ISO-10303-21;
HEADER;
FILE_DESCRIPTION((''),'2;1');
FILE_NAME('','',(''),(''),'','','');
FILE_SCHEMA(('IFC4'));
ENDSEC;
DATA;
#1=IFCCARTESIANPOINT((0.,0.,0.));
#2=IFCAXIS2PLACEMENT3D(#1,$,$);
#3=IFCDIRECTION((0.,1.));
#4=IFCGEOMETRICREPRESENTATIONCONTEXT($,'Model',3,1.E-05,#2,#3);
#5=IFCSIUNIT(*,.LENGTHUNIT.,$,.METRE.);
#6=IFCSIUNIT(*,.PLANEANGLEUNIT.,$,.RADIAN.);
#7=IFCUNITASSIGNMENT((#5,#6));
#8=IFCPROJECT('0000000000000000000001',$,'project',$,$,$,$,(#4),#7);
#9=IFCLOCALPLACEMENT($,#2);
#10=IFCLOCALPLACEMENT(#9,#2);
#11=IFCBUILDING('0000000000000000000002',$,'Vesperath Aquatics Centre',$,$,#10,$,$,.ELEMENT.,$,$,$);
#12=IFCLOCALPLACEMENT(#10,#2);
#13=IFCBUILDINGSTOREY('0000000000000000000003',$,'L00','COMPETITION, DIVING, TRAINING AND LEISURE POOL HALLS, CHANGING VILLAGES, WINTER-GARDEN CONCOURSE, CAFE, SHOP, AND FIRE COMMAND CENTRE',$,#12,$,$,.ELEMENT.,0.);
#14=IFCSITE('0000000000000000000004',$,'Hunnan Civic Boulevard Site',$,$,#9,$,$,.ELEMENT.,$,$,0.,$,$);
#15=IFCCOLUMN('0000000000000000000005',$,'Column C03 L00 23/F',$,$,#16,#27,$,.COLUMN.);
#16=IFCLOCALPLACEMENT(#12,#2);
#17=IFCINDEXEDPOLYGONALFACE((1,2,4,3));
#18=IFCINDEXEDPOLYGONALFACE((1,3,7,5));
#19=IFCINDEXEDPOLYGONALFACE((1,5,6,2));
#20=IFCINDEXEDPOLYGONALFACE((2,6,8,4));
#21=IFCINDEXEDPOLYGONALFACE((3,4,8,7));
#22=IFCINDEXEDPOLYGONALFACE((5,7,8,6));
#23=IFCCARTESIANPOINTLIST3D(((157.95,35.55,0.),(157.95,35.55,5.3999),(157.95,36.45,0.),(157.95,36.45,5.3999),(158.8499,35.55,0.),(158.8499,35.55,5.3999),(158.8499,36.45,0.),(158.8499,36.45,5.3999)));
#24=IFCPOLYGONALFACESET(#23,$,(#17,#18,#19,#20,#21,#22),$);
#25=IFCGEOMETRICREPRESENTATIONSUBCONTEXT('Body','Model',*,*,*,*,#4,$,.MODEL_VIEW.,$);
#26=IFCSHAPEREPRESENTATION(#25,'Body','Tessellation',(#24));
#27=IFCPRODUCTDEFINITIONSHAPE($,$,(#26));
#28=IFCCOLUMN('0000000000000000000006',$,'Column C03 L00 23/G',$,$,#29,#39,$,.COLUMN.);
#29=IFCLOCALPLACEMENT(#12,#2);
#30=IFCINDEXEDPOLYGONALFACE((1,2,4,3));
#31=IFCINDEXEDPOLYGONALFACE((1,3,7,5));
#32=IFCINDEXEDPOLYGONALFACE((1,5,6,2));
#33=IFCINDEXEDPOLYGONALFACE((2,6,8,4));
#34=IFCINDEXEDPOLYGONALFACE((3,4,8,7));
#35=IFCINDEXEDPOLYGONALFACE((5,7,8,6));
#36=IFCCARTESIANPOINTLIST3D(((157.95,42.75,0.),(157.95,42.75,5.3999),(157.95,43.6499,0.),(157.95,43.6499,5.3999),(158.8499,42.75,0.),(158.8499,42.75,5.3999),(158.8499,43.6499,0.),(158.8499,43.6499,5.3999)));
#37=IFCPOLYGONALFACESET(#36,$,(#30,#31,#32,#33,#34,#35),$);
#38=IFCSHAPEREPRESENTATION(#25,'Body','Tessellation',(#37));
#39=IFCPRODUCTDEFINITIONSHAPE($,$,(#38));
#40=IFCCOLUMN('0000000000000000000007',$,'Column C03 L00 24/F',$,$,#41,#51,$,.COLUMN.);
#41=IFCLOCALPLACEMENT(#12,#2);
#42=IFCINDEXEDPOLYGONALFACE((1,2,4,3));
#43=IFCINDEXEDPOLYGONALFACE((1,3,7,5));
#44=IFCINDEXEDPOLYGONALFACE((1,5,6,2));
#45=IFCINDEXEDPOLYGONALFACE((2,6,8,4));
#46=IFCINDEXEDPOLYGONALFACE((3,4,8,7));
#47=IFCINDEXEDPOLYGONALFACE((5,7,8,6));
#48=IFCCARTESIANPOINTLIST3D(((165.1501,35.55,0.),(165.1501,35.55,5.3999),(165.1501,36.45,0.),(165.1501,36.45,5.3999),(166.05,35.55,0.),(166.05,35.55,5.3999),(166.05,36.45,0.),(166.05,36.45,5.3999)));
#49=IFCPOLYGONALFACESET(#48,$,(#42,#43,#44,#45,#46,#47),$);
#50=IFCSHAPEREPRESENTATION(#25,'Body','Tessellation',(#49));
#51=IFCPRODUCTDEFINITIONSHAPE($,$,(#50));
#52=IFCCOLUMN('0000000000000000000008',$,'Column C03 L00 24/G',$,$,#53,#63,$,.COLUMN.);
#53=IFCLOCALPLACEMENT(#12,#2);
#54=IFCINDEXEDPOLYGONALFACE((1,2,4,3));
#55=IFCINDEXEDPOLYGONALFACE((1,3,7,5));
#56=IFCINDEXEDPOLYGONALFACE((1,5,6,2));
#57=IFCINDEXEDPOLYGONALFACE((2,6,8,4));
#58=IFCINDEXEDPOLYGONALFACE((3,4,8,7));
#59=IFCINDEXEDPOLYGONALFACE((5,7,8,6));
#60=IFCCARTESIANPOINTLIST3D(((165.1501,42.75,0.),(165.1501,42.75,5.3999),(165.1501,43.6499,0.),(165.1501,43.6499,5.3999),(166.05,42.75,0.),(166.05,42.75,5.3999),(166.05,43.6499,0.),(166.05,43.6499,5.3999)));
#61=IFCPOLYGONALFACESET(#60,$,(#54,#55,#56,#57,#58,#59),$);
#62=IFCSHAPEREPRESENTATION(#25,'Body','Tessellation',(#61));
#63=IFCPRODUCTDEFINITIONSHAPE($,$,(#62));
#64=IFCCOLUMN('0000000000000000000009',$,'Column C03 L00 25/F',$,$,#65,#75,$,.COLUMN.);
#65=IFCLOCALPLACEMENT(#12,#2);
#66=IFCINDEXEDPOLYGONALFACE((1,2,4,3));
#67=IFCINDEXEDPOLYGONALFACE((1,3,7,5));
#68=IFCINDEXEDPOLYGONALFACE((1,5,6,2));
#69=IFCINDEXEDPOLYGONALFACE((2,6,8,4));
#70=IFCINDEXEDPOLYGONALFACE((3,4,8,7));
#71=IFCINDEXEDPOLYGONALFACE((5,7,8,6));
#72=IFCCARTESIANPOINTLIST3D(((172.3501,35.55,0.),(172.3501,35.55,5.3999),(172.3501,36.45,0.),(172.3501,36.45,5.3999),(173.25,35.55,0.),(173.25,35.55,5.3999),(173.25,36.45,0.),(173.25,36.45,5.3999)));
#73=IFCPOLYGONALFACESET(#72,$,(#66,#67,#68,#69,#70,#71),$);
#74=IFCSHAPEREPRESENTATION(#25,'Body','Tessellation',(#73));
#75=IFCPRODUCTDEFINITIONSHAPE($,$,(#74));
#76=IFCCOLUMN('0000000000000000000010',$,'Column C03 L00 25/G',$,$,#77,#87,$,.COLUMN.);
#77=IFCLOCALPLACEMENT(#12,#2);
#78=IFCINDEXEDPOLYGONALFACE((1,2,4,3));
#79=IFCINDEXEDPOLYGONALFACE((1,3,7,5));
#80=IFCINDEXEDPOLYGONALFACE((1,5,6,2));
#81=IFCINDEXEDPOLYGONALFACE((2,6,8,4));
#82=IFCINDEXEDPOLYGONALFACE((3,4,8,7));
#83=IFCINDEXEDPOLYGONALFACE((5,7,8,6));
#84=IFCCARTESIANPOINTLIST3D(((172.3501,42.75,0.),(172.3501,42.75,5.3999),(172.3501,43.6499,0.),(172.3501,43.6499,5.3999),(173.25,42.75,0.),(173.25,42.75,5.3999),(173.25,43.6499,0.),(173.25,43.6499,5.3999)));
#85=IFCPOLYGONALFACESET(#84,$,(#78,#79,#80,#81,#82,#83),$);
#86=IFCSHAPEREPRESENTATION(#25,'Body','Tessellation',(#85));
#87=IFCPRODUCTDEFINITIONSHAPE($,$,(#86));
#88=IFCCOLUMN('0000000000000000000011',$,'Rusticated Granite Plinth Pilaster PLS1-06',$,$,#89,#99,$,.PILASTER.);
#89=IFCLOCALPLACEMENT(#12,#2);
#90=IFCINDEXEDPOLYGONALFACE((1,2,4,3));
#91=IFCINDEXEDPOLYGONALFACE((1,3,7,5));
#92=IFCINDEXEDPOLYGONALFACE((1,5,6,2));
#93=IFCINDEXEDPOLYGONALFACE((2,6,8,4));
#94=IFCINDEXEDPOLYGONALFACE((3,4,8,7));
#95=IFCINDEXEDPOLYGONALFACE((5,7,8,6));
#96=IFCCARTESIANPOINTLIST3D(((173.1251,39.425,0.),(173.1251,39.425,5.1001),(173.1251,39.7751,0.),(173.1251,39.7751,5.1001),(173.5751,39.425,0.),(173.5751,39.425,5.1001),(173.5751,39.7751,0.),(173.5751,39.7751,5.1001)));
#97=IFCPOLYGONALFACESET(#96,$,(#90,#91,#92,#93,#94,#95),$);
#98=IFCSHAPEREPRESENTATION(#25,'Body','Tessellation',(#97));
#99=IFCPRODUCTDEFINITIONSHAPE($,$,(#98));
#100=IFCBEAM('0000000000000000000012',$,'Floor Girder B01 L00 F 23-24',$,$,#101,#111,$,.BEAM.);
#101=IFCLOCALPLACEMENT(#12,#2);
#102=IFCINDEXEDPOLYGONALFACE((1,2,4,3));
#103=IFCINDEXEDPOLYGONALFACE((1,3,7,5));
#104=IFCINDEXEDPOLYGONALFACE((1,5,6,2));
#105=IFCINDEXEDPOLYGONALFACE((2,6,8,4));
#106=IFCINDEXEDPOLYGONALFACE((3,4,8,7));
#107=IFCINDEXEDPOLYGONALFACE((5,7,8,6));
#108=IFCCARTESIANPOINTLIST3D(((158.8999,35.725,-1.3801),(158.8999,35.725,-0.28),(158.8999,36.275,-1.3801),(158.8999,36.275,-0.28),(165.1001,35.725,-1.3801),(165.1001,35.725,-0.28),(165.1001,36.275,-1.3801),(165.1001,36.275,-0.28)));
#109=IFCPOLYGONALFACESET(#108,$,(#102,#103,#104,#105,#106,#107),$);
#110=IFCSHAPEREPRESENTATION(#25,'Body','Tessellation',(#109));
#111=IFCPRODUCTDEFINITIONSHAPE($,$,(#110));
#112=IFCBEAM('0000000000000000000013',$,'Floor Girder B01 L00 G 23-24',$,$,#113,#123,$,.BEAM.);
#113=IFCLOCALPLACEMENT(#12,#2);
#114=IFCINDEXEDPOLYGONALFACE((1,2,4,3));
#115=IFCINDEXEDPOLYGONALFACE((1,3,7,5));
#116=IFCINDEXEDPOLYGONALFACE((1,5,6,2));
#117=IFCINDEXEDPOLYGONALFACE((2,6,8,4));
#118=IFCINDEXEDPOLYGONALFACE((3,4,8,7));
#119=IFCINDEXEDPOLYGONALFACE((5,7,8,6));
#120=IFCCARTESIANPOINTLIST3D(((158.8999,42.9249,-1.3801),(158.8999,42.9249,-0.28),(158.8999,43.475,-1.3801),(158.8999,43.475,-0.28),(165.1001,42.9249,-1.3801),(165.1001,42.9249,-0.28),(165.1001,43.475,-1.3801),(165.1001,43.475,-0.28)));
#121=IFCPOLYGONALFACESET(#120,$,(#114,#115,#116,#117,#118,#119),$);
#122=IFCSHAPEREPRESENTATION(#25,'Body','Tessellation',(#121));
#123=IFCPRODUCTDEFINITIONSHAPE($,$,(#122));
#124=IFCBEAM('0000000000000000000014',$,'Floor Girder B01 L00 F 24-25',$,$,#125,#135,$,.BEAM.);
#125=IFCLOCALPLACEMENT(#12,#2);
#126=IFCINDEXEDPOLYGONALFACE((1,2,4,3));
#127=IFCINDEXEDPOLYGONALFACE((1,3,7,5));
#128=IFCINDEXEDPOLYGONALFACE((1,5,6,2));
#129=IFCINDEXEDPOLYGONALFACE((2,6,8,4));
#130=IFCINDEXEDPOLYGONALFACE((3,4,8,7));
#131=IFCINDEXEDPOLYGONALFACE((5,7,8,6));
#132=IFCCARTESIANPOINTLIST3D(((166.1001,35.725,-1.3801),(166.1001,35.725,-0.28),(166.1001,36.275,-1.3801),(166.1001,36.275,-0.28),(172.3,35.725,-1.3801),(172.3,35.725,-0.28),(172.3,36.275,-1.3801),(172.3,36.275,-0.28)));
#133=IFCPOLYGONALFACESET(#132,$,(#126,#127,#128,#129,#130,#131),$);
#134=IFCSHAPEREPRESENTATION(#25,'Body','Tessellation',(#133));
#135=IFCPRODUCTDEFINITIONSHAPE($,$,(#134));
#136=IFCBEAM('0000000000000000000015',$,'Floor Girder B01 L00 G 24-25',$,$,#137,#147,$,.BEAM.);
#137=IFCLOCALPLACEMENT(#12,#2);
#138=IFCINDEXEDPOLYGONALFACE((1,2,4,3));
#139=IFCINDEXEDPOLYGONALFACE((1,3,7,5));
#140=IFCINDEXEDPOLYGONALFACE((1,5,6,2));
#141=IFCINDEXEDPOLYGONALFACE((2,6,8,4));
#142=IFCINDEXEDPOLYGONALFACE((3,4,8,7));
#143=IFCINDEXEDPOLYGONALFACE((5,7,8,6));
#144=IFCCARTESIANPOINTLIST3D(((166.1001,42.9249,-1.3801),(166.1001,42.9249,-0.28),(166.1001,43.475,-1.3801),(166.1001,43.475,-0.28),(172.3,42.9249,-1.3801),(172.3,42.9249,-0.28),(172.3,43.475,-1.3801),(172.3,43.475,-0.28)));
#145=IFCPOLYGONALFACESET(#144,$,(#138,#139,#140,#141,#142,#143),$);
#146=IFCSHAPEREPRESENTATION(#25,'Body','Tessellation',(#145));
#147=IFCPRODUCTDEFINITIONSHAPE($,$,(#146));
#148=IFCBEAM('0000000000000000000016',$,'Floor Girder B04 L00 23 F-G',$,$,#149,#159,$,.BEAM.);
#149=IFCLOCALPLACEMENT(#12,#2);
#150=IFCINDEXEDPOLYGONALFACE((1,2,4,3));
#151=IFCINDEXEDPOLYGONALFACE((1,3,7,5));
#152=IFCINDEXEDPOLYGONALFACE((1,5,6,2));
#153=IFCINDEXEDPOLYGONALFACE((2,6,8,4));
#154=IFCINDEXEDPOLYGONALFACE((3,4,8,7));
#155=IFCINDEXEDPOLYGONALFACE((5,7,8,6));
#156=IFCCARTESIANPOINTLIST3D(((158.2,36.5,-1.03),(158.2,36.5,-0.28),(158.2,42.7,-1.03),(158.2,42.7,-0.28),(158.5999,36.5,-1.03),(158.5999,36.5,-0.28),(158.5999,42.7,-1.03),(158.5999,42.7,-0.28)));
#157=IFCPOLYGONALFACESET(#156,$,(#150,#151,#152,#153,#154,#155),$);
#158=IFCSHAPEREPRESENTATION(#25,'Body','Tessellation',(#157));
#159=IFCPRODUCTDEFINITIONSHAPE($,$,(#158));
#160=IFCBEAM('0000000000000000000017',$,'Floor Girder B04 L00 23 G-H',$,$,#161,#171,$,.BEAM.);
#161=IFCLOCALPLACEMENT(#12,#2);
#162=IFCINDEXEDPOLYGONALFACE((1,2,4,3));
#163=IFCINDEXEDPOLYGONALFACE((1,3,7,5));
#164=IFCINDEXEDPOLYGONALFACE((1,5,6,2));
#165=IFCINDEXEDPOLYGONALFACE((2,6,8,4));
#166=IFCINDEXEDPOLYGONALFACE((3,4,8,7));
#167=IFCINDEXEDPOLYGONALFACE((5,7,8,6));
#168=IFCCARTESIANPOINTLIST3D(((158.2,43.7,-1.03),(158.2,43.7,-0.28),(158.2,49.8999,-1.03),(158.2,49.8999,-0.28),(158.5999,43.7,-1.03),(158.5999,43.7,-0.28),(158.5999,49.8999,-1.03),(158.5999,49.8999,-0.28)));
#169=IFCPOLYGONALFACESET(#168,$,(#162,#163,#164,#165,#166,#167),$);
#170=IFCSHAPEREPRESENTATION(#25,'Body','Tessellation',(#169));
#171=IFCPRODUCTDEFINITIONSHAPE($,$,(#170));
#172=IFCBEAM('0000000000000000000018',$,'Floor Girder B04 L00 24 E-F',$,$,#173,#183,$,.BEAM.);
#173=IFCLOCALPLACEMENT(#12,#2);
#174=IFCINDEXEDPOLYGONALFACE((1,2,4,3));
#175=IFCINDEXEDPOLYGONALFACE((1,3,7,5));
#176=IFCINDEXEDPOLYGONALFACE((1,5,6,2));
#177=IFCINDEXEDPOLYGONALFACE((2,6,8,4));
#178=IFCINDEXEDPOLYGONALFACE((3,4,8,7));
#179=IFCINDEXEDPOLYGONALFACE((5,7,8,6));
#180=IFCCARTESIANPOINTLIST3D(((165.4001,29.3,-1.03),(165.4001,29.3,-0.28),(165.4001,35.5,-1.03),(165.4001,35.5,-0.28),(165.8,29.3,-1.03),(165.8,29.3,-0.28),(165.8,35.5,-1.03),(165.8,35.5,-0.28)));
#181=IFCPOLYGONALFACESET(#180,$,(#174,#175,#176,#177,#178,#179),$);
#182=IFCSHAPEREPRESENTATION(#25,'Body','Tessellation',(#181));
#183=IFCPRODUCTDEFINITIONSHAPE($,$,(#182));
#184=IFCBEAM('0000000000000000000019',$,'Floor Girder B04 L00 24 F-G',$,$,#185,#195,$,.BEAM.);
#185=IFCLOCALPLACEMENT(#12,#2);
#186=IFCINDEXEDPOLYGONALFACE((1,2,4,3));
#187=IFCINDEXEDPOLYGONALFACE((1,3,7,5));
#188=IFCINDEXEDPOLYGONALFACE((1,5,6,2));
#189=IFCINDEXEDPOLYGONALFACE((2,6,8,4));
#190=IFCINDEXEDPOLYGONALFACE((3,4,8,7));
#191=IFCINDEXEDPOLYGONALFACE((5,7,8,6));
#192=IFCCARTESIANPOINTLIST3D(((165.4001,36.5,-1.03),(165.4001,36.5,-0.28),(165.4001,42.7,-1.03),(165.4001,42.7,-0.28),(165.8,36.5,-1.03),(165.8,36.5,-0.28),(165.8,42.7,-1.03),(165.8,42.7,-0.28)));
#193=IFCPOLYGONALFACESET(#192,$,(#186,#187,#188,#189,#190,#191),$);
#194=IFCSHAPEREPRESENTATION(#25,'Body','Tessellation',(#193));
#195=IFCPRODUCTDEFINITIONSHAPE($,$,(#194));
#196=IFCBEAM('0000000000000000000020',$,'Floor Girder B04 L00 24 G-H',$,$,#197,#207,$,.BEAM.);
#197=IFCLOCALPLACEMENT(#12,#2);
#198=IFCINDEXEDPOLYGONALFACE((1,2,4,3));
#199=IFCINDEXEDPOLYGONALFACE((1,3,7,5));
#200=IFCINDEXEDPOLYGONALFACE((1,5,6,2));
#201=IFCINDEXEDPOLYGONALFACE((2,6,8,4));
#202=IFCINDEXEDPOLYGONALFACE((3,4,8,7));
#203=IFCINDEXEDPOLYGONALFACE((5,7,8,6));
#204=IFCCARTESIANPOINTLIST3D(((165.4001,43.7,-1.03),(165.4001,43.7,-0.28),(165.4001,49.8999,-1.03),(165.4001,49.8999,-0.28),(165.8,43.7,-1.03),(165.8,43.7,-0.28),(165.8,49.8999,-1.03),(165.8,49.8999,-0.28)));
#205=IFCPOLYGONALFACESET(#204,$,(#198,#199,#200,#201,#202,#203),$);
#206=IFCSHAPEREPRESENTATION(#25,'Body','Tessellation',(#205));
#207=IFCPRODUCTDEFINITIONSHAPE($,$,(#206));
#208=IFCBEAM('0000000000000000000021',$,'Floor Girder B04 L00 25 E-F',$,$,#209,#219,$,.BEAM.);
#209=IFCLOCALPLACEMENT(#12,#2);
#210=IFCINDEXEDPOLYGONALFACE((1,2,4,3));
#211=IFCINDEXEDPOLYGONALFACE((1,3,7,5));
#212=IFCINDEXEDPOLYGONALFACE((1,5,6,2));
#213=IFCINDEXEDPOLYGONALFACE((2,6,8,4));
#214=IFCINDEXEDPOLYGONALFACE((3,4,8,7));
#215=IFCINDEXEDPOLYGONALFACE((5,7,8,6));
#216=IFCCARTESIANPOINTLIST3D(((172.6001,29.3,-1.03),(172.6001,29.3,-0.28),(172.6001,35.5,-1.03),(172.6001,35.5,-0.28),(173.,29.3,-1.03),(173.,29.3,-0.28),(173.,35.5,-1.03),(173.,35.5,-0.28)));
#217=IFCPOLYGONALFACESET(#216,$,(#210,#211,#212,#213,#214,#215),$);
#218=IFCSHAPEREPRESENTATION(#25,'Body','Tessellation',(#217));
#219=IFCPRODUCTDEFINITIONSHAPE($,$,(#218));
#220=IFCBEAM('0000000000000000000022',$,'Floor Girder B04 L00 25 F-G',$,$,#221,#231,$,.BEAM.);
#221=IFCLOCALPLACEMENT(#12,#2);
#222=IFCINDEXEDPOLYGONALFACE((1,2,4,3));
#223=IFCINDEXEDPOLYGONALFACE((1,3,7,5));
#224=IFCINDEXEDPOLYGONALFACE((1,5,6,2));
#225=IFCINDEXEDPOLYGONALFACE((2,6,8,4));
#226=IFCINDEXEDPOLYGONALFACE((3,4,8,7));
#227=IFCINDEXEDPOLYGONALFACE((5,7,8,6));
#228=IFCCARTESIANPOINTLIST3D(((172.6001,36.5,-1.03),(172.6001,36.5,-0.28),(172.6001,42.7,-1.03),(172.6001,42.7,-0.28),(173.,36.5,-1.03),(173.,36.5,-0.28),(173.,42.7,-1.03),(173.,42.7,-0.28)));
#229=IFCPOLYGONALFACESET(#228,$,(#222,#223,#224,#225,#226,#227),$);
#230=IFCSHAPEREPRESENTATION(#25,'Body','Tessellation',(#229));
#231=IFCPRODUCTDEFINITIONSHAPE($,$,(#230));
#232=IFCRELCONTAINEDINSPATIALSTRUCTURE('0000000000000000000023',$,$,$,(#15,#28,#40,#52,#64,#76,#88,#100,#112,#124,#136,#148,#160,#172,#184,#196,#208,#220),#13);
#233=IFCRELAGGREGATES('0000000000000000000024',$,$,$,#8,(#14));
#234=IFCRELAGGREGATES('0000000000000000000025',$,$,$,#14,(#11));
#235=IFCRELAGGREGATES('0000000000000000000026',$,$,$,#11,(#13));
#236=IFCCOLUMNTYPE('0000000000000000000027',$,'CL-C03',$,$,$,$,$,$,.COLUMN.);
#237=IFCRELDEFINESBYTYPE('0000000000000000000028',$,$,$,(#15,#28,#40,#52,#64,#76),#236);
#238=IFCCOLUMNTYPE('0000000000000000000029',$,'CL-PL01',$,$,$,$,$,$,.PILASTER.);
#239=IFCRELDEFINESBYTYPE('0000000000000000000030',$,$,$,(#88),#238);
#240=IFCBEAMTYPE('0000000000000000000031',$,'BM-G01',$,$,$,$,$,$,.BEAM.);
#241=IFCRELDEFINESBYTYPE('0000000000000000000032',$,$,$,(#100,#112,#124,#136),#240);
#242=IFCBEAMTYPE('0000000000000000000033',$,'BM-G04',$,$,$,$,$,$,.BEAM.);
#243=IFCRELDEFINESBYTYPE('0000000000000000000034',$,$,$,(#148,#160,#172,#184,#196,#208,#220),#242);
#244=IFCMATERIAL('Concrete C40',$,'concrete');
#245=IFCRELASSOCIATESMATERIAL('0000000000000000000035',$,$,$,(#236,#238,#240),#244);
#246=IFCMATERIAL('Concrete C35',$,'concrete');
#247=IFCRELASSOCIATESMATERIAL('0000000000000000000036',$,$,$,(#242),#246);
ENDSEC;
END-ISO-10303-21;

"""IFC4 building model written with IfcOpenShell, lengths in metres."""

from ifc_helpers import new_model, si_unit, direction, frame, origin, origin_2d, place, context, subcontext, project, spatial, rectangle, extrude, material, material_profile, profile_set, type_object, element, save


model = new_model("IFC4")

# Units and contexts
model_context = context("Model", 3, precision=1e-05, world=origin(), true_north=direction((0.0, 1.0)))
body_context = subcontext(model_context, "Body", "Model", "MODEL_VIEW")
ifc_project = project(units=[si_unit("LENGTHUNIT", "METRE"), si_unit("PLANEANGLEUNIT", "RADIAN")], contexts=[model_context])

# Site, building, storey
site_placement = place(None, origin())
site = spatial("IfcSite", under=ifc_project, at=site_placement, Name="Hunnan Civic Boulevard Site", CompositionType="ELEMENT", RefElevation=0.0)
building_placement = place(site_placement, origin())
building = spatial("IfcBuilding", under=site, at=building_placement, Name="Vesperath Aquatics Centre", CompositionType="ELEMENT")
storey_placement = place(building_placement, origin())
storey = spatial("IfcBuildingStorey", under=building, at=storey_placement, Name="L00", Description="COMPETITION, DIVING, TRAINING AND LEISURE POOL HALLS, CHANGING VILLAGES, WINTER-GARDEN CONCOURSE, CAFE, SHOP, AND FIRE COMMAND CENTRE", CompositionType="ELEMENT", Elevation=0.0)

# Columns
ifc_material_1 = material(Name="Concrete C40", Category="concrete")
ifc_material_profile_1 = material_profile(ifc_material_1, rectangle(XDim=0.8999, YDim=0.8999, at=origin_2d()), Name="RC 900x900")
ifc_profile_set_1 = profile_set([ifc_material_profile_1], Name="Concrete C40")
column_type_1 = type_object("IfcColumnType", Name="CL-C03", PredefinedType="COLUMN", material=ifc_profile_set_1)
for number, where, z_axis, x_axis, name in (
    (1, (158.3999, 36.0, 0.0), (0.0, 0.0, 1.0), (1.0, 0.0, 0.0), "Column C03 L00 23/F"),
    (2, (158.3999, 43.2, 0.0), (0.0, 0.0, 1.0), (1.0, 0.0, 0.0), "Column C03 L00 23/G"),
    (3, (165.6001, 36.0, 0.0), (0.0, 0.0, 1.0), (1.0, 0.0, 0.0), "Column C03 L00 24/F"),
    (4, (165.6001, 43.2, 0.0), (0.0, 0.0, 1.0), (1.0, 0.0, 0.0), "Column C03 L00 24/G"),
    (5, (172.8, 36.0, 0.0), (0.0, 0.0, 1.0), (1.0, 0.0, 0.0), "Column C03 L00 25/F"),
    (6, (172.8, 43.2, 0.0), (0.0, 0.0, 1.0), (1.0, 0.0, 0.0), "Column C03 L00 25/G"),
):
    element("IfcColumn", number, at=place(storey_placement, frame(where, z_axis=z_axis, x_axis=x_axis)), inside=storey, type_object=column_type_1, Name=name, PredefinedType="COLUMN", context=body_context, shape_type="SweptSolid", body=[
        extrude(rectangle(XDim=0.8999, YDim=0.8999, at=origin_2d()), origin(), (0.0, 0.0, 1.0), 5.3999),
    ])
ifc_material_profile_2 = material_profile(ifc_material_1, rectangle(XDim=0.45, YDim=0.3501, at=origin_2d()), Name="CL-PL01")
ifc_profile_set_2 = profile_set([ifc_material_profile_2], Name="Concrete C40")
column_type_2 = type_object("IfcColumnType", Name="CL-PL01", PredefinedType="PILASTER", material=ifc_profile_set_2)
column_placement = place(storey_placement, frame((173.3501, 39.6001, 0.0), z_axis=(0.0, 0.0, 1.0), x_axis=(1.0, 0.0, 0.0)))
element("IfcColumn", 7, at=column_placement, inside=storey, type_object=column_type_2, Name="Rusticated Granite Plinth Pilaster PLS1-06", PredefinedType="PILASTER", context=body_context, shape_type="SweptSolid", body=[
    extrude(rectangle(XDim=0.45, YDim=0.3501, at=origin_2d()), origin(), (0.0, 0.0, 1.0), 5.1001),
])

# Beams
ifc_material_profile_3 = material_profile(ifc_material_1, rectangle(XDim=0.55, YDim=1.1001, at=origin_2d()), Name="RC 550x1100")
ifc_profile_set_3 = profile_set([ifc_material_profile_3], Name="Concrete C40")
beam_type_1 = type_object("IfcBeamType", Name="BM-G01", PredefinedType="BEAM", material=ifc_profile_set_3)
for number, where, z_axis, x_axis, name in (
    (8, (158.8999, 36.0, -0.8301), (1.0, 0.0, 0.0), (0.0, 1.0, 0.0), "Floor Girder B01 L00 F 23-24"),
    (9, (158.8999, 43.2, -0.8301), (1.0, 0.0, 0.0), (0.0, 1.0, 0.0), "Floor Girder B01 L00 G 23-24"),
):
    element("IfcBeam", number, at=place(storey_placement, frame(where, z_axis=z_axis, x_axis=x_axis)), inside=storey, type_object=beam_type_1, Name=name, PredefinedType="BEAM", context=body_context, shape_type="SweptSolid", body=[
        extrude(rectangle(XDim=0.55, YDim=1.1001, at=origin_2d()), origin(), (0.0, 0.0, 1.0), 6.2002),
    ])
for number, where, z_axis, x_axis, name in (
    (10, (166.1001, 36.0, -0.8301), (1.0, 0.0, 0.0), (0.0, 1.0, 0.0), "Floor Girder B01 L00 F 24-25"),
    (11, (166.1001, 43.2, -0.8301), (1.0, 0.0, 0.0), (0.0, 1.0, 0.0), "Floor Girder B01 L00 G 24-25"),
):
    element("IfcBeam", number, at=place(storey_placement, frame(where, z_axis=z_axis, x_axis=x_axis)), inside=storey, type_object=beam_type_1, Name=name, PredefinedType="BEAM", context=body_context, shape_type="SweptSolid", body=[
        extrude(rectangle(XDim=0.55, YDim=1.1001, at=origin_2d()), origin(), (0.0, 0.0, 1.0), 6.2),
    ])
ifc_material_2 = material(Name="Concrete C35", Category="concrete")
ifc_material_profile_4 = material_profile(ifc_material_2, rectangle(XDim=0.3999, YDim=0.75, at=origin_2d()), Name="RC 400x750")
ifc_profile_set_4 = profile_set([ifc_material_profile_4], Name="Concrete C35")
beam_type_2 = type_object("IfcBeamType", Name="BM-G04", PredefinedType="BEAM", material=ifc_profile_set_4)
for number, where, z_axis, x_axis, name in (
    (12, (158.3999, 36.5, -0.655), (0.0, 1.0, 0.0), (-1.0, 0.0, 0.0), "Floor Girder B04 L00 23 F-G"),
    (13, (158.3999, 43.7, -0.655), (0.0, 1.0, 0.0), (-1.0, 0.0, 0.0), "Floor Girder B04 L00 23 G-H"),
    (14, (165.6001, 29.3, -0.655), (0.0, 1.0, 0.0), (-1.0, 0.0, 0.0), "Floor Girder B04 L00 24 E-F"),
    (15, (165.6001, 36.5, -0.655), (0.0, 1.0, 0.0), (-1.0, 0.0, 0.0), "Floor Girder B04 L00 24 F-G"),
    (16, (165.6001, 43.7, -0.655), (0.0, 1.0, 0.0), (-1.0, 0.0, 0.0), "Floor Girder B04 L00 24 G-H"),
    (17, (172.8, 29.3, -0.655), (0.0, 1.0, 0.0), (-1.0, 0.0, 0.0), "Floor Girder B04 L00 25 E-F"),
    (18, (172.8, 36.5, -0.655), (0.0, 1.0, 0.0), (-1.0, 0.0, 0.0), "Floor Girder B04 L00 25 F-G"),
):
    element("IfcBeam", number, at=place(storey_placement, frame(where, z_axis=z_axis, x_axis=x_axis)), inside=storey, type_object=beam_type_2, Name=name, PredefinedType="BEAM", context=body_context, shape_type="SweptSolid", body=[
        extrude(rectangle(XDim=0.3999, YDim=0.75, at=origin_2d()), origin(), (0.0, 0.0, 1.0), 6.2),
    ])

save(model, "model.ifc")
